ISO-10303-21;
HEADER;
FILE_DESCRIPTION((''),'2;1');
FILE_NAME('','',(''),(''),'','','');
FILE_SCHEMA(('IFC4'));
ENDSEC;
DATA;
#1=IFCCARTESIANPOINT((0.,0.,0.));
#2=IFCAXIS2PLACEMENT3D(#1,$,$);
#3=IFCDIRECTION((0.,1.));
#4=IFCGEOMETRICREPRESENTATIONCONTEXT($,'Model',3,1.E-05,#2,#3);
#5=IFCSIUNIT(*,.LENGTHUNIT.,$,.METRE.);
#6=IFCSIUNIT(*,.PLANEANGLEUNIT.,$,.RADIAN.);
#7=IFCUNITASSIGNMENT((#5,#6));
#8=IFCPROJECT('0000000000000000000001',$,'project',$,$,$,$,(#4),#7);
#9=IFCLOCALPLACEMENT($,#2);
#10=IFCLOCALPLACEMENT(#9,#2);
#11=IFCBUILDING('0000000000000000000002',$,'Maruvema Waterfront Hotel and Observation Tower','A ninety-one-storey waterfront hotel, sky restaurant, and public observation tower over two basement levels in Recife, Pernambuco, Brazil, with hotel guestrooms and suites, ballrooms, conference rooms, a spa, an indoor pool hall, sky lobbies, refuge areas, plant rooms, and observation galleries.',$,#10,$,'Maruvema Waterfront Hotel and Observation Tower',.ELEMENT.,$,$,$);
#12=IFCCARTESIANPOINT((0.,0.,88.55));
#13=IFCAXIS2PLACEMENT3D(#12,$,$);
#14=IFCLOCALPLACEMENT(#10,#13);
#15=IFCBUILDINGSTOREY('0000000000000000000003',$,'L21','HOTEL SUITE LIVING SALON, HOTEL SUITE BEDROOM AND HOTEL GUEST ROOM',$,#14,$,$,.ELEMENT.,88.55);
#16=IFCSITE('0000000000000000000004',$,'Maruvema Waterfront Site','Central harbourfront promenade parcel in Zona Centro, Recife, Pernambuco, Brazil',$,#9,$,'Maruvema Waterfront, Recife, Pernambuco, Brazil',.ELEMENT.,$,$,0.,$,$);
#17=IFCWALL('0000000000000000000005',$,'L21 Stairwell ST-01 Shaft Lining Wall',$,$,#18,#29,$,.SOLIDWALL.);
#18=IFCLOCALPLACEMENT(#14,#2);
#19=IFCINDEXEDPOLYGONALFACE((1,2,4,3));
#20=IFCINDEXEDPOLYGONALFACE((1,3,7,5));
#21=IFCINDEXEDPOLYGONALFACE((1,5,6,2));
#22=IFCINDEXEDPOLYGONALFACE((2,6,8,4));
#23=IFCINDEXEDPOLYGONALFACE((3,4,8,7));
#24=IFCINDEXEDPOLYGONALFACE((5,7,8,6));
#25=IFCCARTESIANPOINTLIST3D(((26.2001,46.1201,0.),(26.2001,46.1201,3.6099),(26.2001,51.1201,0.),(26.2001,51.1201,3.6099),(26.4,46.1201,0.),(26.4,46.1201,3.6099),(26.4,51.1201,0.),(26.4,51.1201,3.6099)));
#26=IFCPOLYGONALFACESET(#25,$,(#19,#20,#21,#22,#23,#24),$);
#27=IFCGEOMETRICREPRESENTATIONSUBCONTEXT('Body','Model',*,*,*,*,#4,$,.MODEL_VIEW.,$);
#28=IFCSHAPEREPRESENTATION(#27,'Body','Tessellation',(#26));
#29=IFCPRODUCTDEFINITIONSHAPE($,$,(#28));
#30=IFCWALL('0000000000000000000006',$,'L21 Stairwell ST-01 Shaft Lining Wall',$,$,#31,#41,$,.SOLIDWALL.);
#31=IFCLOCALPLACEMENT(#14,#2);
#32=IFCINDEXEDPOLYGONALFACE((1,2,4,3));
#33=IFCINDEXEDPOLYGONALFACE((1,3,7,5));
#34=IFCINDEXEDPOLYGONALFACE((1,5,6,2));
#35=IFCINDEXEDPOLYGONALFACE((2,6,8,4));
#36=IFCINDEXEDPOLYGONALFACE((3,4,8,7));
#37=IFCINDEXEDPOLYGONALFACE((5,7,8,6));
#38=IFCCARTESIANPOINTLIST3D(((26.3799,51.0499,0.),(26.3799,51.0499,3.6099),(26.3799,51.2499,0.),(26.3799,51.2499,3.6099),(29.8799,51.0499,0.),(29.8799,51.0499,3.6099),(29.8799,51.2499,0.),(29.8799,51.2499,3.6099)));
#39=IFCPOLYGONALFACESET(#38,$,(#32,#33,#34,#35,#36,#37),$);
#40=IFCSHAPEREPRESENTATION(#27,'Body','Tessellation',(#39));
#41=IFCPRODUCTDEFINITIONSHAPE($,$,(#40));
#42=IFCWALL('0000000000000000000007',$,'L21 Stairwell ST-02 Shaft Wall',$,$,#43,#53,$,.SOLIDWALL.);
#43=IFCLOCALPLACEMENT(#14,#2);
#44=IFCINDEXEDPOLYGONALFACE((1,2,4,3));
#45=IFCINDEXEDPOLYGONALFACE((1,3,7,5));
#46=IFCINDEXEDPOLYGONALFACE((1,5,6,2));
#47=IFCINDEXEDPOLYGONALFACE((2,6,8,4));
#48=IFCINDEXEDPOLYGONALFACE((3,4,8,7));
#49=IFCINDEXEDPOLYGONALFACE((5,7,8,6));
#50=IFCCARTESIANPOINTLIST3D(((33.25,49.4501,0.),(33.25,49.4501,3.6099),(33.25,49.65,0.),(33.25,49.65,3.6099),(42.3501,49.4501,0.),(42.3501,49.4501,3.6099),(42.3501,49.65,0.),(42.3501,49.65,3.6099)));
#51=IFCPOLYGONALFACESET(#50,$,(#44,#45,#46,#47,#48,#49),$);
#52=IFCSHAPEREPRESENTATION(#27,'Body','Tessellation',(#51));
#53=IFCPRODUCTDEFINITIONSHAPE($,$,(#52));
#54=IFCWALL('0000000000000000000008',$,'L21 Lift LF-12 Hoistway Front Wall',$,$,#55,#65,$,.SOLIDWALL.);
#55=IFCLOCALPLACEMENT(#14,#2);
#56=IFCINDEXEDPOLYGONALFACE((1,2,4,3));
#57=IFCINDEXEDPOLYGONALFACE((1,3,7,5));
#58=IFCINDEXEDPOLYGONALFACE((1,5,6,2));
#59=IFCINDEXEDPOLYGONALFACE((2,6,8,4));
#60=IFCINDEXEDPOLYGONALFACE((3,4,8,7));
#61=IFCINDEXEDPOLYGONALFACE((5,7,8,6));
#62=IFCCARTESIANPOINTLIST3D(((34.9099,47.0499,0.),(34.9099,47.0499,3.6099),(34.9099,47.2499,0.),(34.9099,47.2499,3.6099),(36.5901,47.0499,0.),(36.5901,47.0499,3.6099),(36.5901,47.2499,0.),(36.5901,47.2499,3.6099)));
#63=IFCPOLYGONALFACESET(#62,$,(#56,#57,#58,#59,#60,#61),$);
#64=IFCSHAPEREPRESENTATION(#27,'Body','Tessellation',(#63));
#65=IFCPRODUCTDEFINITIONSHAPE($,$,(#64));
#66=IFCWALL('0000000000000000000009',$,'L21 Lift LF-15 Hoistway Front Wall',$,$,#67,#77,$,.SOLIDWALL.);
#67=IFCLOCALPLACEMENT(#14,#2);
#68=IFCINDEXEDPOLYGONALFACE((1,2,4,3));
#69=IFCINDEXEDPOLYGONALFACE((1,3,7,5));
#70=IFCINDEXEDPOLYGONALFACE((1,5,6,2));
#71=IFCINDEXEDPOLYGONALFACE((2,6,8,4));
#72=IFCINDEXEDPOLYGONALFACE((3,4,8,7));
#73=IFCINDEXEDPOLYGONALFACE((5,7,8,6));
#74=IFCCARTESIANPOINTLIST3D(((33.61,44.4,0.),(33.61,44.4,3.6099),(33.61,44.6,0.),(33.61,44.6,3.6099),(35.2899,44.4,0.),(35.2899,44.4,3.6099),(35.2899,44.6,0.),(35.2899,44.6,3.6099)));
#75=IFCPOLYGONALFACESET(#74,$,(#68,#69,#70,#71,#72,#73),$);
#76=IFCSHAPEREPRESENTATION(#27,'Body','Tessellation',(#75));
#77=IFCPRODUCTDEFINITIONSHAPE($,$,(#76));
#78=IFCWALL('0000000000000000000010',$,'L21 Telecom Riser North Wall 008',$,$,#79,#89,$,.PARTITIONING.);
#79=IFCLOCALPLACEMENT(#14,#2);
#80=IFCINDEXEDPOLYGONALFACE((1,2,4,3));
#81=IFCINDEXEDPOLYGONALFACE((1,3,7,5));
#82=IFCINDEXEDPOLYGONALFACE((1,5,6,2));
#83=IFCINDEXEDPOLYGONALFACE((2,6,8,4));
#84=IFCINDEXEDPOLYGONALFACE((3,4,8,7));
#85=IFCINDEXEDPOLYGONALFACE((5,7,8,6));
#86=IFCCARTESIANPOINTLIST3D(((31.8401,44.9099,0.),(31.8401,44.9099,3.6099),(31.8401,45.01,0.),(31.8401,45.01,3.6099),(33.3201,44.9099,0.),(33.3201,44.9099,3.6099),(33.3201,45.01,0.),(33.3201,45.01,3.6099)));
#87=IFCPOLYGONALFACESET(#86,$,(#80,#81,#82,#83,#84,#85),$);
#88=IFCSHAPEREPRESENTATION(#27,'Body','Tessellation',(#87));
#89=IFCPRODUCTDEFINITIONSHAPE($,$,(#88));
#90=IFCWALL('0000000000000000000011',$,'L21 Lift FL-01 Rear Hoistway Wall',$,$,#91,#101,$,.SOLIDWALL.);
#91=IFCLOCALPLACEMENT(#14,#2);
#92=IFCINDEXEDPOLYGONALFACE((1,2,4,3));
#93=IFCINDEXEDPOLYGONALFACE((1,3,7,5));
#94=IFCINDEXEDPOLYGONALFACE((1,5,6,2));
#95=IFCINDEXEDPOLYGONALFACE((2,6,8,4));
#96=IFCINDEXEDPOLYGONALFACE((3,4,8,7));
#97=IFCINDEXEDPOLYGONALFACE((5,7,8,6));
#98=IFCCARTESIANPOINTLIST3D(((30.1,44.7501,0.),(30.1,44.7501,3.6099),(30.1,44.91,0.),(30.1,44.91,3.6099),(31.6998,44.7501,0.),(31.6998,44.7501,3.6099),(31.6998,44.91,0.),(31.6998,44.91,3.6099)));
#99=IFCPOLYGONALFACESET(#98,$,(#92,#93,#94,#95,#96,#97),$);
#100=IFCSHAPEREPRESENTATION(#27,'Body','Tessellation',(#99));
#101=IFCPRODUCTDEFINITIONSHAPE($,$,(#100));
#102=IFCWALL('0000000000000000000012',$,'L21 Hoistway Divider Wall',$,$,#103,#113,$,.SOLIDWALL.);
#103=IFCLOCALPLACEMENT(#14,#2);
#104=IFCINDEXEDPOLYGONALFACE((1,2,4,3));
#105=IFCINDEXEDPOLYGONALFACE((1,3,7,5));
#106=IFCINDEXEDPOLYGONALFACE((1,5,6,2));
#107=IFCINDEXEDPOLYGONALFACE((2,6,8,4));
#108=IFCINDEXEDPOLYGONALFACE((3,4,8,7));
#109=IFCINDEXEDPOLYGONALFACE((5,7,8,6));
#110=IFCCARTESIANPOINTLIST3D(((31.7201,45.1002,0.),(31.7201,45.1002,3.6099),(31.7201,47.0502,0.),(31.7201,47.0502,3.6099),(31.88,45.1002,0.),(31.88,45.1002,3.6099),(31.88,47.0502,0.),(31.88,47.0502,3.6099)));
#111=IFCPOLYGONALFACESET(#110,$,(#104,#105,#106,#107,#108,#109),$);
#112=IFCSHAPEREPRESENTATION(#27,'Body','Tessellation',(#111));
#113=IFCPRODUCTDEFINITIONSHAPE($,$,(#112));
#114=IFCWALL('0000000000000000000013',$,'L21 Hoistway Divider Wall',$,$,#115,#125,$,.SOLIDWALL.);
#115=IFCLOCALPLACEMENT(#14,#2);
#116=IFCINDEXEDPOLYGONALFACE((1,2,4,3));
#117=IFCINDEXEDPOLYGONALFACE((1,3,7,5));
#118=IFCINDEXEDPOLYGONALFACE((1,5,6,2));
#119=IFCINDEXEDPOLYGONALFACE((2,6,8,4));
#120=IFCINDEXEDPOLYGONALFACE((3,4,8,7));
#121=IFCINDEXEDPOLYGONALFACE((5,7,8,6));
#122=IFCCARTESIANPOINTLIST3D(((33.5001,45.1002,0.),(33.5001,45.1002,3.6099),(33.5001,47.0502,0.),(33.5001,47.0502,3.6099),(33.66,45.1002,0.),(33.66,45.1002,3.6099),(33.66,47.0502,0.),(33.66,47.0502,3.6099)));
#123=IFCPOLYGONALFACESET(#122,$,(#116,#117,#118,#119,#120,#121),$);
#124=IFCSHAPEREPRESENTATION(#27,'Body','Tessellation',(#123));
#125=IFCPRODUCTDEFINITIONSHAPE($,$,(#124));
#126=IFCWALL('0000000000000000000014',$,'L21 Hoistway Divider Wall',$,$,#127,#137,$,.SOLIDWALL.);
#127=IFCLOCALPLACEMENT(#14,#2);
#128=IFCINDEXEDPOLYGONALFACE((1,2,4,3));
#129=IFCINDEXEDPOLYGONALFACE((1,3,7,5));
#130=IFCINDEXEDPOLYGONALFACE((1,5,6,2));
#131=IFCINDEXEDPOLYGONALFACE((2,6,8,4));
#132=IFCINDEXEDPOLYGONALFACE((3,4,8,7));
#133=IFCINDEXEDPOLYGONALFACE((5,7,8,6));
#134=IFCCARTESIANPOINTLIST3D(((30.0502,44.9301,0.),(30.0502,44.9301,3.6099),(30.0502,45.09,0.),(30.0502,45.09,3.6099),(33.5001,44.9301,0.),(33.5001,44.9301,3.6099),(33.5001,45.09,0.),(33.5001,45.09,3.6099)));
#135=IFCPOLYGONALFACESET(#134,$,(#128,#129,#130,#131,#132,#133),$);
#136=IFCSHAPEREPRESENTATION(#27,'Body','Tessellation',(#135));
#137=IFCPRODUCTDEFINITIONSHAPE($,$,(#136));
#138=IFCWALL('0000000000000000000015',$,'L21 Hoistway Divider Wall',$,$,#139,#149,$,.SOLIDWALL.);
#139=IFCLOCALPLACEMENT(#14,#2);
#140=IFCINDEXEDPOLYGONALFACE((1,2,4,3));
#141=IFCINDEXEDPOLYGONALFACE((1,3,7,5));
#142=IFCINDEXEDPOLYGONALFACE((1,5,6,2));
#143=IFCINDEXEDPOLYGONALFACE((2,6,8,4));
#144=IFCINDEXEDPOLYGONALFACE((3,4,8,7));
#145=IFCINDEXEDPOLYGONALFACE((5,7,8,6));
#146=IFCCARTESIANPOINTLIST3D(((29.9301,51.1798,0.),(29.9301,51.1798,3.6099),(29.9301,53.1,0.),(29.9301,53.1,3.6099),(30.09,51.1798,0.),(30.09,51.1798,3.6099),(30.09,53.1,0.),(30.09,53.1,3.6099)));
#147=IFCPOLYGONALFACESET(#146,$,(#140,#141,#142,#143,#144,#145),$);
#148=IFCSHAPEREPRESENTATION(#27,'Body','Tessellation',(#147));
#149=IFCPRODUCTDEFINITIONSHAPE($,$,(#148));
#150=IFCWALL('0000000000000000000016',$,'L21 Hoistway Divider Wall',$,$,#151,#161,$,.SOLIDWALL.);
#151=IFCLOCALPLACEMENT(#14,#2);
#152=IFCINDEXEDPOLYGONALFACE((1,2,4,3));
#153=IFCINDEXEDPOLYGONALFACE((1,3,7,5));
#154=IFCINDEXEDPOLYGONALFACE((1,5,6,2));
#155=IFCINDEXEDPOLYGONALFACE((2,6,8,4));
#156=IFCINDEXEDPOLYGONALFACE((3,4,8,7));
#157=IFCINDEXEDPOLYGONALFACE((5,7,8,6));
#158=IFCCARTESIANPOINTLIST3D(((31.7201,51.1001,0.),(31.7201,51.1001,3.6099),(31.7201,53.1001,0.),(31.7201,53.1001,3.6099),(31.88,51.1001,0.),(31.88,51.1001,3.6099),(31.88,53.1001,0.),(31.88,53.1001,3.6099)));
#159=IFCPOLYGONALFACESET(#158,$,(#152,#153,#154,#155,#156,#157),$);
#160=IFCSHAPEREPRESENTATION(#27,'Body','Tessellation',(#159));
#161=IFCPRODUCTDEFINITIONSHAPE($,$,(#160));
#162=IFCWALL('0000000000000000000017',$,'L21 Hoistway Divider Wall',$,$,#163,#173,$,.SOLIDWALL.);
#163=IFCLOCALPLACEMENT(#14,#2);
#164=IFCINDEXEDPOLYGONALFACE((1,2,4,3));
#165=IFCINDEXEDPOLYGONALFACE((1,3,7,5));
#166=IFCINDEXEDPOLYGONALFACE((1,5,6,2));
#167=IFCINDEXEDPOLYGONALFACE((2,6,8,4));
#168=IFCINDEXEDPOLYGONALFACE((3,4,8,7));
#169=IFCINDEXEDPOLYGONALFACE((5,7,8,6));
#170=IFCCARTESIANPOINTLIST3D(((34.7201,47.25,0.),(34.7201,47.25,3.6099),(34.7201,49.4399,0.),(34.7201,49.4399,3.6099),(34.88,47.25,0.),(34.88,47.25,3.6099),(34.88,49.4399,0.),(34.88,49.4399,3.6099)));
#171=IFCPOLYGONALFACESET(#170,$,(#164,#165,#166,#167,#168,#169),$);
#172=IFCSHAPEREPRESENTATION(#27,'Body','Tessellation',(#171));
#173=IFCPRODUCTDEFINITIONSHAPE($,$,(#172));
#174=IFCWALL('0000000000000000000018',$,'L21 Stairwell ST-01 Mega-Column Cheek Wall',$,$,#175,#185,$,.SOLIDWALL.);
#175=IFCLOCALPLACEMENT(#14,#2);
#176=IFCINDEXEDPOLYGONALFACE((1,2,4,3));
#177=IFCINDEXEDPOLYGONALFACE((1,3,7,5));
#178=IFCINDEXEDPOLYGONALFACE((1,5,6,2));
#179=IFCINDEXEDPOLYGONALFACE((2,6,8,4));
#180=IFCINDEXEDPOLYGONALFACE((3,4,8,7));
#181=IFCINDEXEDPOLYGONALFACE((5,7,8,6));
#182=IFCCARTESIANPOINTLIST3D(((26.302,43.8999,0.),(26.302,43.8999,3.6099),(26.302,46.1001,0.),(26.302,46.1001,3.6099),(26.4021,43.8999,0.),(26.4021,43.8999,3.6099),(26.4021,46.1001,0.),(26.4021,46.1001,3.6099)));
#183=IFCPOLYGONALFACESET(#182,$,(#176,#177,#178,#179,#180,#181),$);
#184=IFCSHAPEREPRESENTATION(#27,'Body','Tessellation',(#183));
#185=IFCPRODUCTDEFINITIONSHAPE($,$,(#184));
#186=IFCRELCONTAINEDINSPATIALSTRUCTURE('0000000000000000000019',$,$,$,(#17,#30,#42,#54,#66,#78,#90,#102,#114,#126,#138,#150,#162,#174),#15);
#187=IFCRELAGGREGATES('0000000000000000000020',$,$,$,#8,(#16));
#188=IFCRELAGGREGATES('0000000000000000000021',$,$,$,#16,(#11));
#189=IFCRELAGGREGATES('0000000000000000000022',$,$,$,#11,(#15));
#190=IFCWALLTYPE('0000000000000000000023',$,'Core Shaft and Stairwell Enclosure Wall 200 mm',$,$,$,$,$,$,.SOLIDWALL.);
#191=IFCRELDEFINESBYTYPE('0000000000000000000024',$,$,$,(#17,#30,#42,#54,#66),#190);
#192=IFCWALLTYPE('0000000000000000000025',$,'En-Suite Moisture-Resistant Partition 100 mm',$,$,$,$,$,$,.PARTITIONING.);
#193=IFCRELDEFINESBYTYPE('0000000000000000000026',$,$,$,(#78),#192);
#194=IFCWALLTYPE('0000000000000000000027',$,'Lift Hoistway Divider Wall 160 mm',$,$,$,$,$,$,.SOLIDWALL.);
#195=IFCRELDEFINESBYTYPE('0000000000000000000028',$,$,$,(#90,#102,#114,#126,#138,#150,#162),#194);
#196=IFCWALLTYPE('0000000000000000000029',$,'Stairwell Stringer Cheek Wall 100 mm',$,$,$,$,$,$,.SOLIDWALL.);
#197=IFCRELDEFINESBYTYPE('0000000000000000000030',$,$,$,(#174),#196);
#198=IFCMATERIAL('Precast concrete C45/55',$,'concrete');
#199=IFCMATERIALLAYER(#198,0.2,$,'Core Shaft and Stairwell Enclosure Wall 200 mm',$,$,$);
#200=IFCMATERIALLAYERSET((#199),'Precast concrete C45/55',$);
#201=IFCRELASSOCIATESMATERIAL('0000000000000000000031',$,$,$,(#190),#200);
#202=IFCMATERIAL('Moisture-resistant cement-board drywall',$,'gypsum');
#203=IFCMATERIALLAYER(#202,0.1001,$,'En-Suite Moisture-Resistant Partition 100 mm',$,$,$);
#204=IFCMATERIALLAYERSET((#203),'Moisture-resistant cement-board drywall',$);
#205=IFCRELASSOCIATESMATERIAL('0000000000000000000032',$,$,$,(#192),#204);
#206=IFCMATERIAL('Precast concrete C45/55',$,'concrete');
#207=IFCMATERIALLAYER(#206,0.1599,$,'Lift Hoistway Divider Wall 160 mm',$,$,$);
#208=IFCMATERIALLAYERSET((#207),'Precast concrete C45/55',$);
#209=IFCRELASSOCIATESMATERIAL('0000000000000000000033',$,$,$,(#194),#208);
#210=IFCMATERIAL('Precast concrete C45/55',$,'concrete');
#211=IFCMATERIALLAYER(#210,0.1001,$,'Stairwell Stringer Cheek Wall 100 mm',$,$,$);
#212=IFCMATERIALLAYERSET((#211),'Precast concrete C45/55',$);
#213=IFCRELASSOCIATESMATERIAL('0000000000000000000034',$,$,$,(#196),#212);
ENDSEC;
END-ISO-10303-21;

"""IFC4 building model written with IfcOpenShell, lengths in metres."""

from ifc_helpers import new_model, si_unit, direction, frame, frame_2d, origin, place, context, subcontext, project, spatial, rectangle, extrude, material, layer, layer_set, type_object, element, save


model = new_model("IFC4")

# Units and contexts
model_context = context("Model", 3, precision=1e-05, world=origin(), true_north=direction((0.0, 1.0)))
body_context = subcontext(model_context, "Body", "Model", "MODEL_VIEW")
ifc_project = project(units=[si_unit("LENGTHUNIT", "METRE"), si_unit("PLANEANGLEUNIT", "RADIAN")], contexts=[model_context])

# Site, building, storey
site_placement = place(None, origin())
site = spatial("IfcSite", under=ifc_project, at=site_placement, Name="Maruvema Waterfront Site", Description="Central harbourfront promenade parcel in Zona Centro, Recife, Pernambuco, Brazil", LongName="Maruvema Waterfront, Recife, Pernambuco, Brazil", CompositionType="ELEMENT", RefElevation=0.0)
building_placement = place(site_placement, origin())
building = spatial("IfcBuilding", under=site, at=building_placement, Name="Maruvema Waterfront Hotel and Observation Tower", Description="A ninety-one-storey waterfront hotel, sky restaurant, and public observation tower over two basement levels in Recife, Pernambuco, Brazil, with hotel guestrooms and suites, ballrooms, conference rooms, a spa, an indoor pool hall, sky lobbies, refuge areas, plant rooms, and observation galleries.", LongName="Maruvema Waterfront Hotel and Observation Tower", CompositionType="ELEMENT")
storey_placement = place(building_placement, frame((0.0, 0.0, 88.55)))
storey = spatial("IfcBuildingStorey", under=building, at=storey_placement, Name="L21", Description="HOTEL SUITE LIVING SALON, HOTEL SUITE BEDROOM AND HOTEL GUEST ROOM", CompositionType="ELEMENT", Elevation=88.55)

# Walls
ifc_material_1 = material(Name="Precast concrete C45/55", Category="concrete")
ifc_layer_1 = layer(ifc_material_1, 0.2, Name="Core Shaft and Stairwell Enclosure Wall 200 mm")
ifc_layer_set_1 = layer_set([ifc_layer_1], Name="Precast concrete C45/55")
wall_type_1 = type_object("IfcWallType", Name="Core Shaft and Stairwell Enclosure Wall 200 mm", PredefinedType="SOLIDWALL", material=ifc_layer_set_1)
wall_1_placement = place(storey_placement, frame((26.3, 46.1201, 0.0), z_axis=(0.0, 0.0, 1.0), x_axis=(0.0, 1.0, 0.0)))
element("IfcWall", 1, at=wall_1_placement, inside=storey, type_object=wall_type_1, Name="L21 Stairwell ST-01 Shaft Lining Wall", PredefinedType="SOLIDWALL", context=body_context, shape_type="SweptSolid", body=[
    extrude(rectangle(XDim=5.0, YDim=0.2, at=frame_2d((2.5, 0.0))), origin(), (0.0, 0.0, 1.0), 3.6099),
])
wall_2_placement = place(storey_placement, frame((26.3799, 51.1499, 0.0), z_axis=(0.0, 0.0, 1.0), x_axis=(1.0, 0.0, 0.0)))
element("IfcWall", 2, at=wall_2_placement, inside=storey, type_object=wall_type_1, Name="L21 Stairwell ST-01 Shaft Lining Wall", PredefinedType="SOLIDWALL", context=body_context, shape_type="SweptSolid", body=[
    extrude(rectangle(XDim=3.5, YDim=0.2, at=frame_2d((1.75, 0.0))), origin(), (0.0, 0.0, 1.0), 3.6099),
])
wall_3_placement = place(storey_placement, frame((33.25, 49.55, 0.0), z_axis=(0.0, 0.0, 1.0), x_axis=(1.0, 0.0, 0.0)))
element("IfcWall", 3, at=wall_3_placement, inside=storey, type_object=wall_type_1, Name="L21 Stairwell ST-02 Shaft Wall", PredefinedType="SOLIDWALL", context=body_context, shape_type="SweptSolid", body=[
    extrude(rectangle(XDim=9.1001, YDim=0.2, at=frame_2d((4.55, 0.0))), origin(), (0.0, 0.0, 1.0), 3.6099),
])

# Walls
wall_4_placement = place(storey_placement, frame((34.9099, 47.1499, 0.0), z_axis=(0.0, 0.0, 1.0), x_axis=(1.0, 0.0, 0.0)))
element("IfcWall", 4, at=wall_4_placement, inside=storey, type_object=wall_type_1, Name="L21 Lift LF-12 Hoistway Front Wall", PredefinedType="SOLIDWALL", context=body_context, shape_type="SweptSolid", body=[
    extrude(rectangle(XDim=1.6802, YDim=0.2, at=frame_2d((0.8401, 0.0))), origin(), (0.0, 0.0, 1.0), 3.6099),
])
wall_5_placement = place(storey_placement, frame((33.6101, 44.5, 0.0), z_axis=(0.0, 0.0, 1.0), x_axis=(1.0, 0.0, 0.0)))
element("IfcWall", 5, at=wall_5_placement, inside=storey, type_object=wall_type_1, Name="L21 Lift LF-15 Hoistway Front Wall", PredefinedType="SOLIDWALL", context=body_context, shape_type="SweptSolid", body=[
    extrude(rectangle(XDim=1.6799, YDim=0.2, at=frame_2d((0.8398, 0.0))), origin(), (0.0, 0.0, 1.0), 3.6099),
])
ifc_material_2 = material(Name="Moisture-resistant cement-board drywall", Category="gypsum")
ifc_layer_2 = layer(ifc_material_2, 0.1001, Name="En-Suite Moisture-Resistant Partition 100 mm")
ifc_layer_set_2 = layer_set([ifc_layer_2], Name="Moisture-resistant cement-board drywall")
wall_type_2 = type_object("IfcWallType", Name="En-Suite Moisture-Resistant Partition 100 mm", PredefinedType="PARTITIONING", material=ifc_layer_set_2)
wall_6_placement = place(storey_placement, frame((31.8401, 44.96, 0.0), z_axis=(0.0, 0.0, 1.0), x_axis=(1.0, 0.0, 0.0)))
element("IfcWall", 6, at=wall_6_placement, inside=storey, type_object=wall_type_2, Name="L21 Telecom Riser North Wall 008", PredefinedType="PARTITIONING", context=body_context, shape_type="SweptSolid", body=[
    extrude(rectangle(XDim=1.48, YDim=0.1001, at=frame_2d((0.74, 0.0))), origin(), (0.0, 0.0, 1.0), 3.6099),
])
ifc_material_3 = material(Name="Precast concrete C45/55", Category="concrete")
ifc_layer_3 = layer(ifc_material_3, 0.1599, Name="Lift Hoistway Divider Wall 160 mm")
ifc_layer_set_3 = layer_set([ifc_layer_3], Name="Precast concrete C45/55")
wall_type_3 = type_object("IfcWallType", Name="Lift Hoistway Divider Wall 160 mm", PredefinedType="SOLIDWALL", material=ifc_layer_set_3)
wall_7_placement = place(storey_placement, frame((30.1001, 44.8301, 0.0), z_axis=(0.0, 0.0, 1.0), x_axis=(1.0, 0.0, 0.0)))
element("IfcWall", 7, at=wall_7_placement, inside=storey, type_object=wall_type_3, Name="L21 Lift FL-01 Rear Hoistway Wall", PredefinedType="SOLIDWALL", context=body_context, shape_type="SweptSolid", body=[
    extrude(rectangle(XDim=1.5999, YDim=0.1599, at=frame_2d((0.7998, 0.0))), origin(), (0.0, 0.0, 1.0), 3.6099),
])
for number, where, z_axis, x_axis, name in (
    (8, (31.8, 45.1001, 0.0), (0.0, 0.0, 1.0), (0.0, 1.0, 0.0), "L21 Hoistway Divider Wall"),
    (9, (33.5801, 45.1001, 0.0), (0.0, 0.0, 1.0), (0.0, 1.0, 0.0), "L21 Hoistway Divider Wall"),
):
    element("IfcWall", number, at=place(storey_placement, frame(where, z_axis=z_axis, x_axis=x_axis)), inside=storey, type_object=wall_type_3, Name=name, PredefinedType="SOLIDWALL", context=body_context, shape_type="SweptSolid", body=[
        extrude(rectangle(XDim=1.95, YDim=0.1599, at=frame_2d((0.9751, 0.0))), origin(), (0.0, 0.0, 1.0), 3.6099),
    ])
wall_8_placement = place(storey_placement, frame((30.05, 45.01, 0.0), z_axis=(0.0, 0.0, 1.0), x_axis=(1.0, 0.0, 0.0)))
element("IfcWall", 10, at=wall_8_placement, inside=storey, type_object=wall_type_3, Name="L21 Hoistway Divider Wall", PredefinedType="SOLIDWALL", context=body_context, shape_type="SweptSolid", body=[
    extrude(rectangle(XDim=3.45, YDim=0.1599, at=frame_2d((1.7251, 0.0))), origin(), (0.0, 0.0, 1.0), 3.6099),
])
wall_9_placement = place(storey_placement, frame((30.01, 51.1799, 0.0), z_axis=(0.0, 0.0, 1.0), x_axis=(0.0, 1.0, 0.0)))
element("IfcWall", 11, at=wall_9_placement, inside=storey, type_object=wall_type_3, Name="L21 Hoistway Divider Wall", PredefinedType="SOLIDWALL", context=body_context, shape_type="SweptSolid", body=[
    extrude(rectangle(XDim=1.9202, YDim=0.1599, at=frame_2d((0.96, 0.0))), origin(), (0.0, 0.0, 1.0), 3.6099),
])
wall_10_placement = place(storey_placement, frame((31.8, 51.1001, 0.0), z_axis=(0.0, 0.0, 1.0), x_axis=(0.0, 1.0, 0.0)))
element("IfcWall", 12, at=wall_10_placement, inside=storey, type_object=wall_type_3, Name="L21 Hoistway Divider Wall", PredefinedType="SOLIDWALL", context=body_context, shape_type="SweptSolid", body=[
    extrude(rectangle(XDim=2.0, YDim=0.1599, at=frame_2d((1.0, 0.0))), origin(), (0.0, 0.0, 1.0), 3.6099),
])
wall_11_placement = place(storey_placement, frame((34.8, 47.25, 0.0), z_axis=(0.0, 0.0, 1.0), x_axis=(0.0, 1.0, 0.0)))
element("IfcWall", 13, at=wall_11_placement, inside=storey, type_object=wall_type_3, Name="L21 Hoistway Divider Wall", PredefinedType="SOLIDWALL", context=body_context, shape_type="SweptSolid", body=[
    extrude(rectangle(XDim=2.1899, YDim=0.1599, at=frame_2d((1.095, 0.0))), origin(), (0.0, 0.0, 1.0), 3.6099),
])
ifc_material_4 = material(Name="Precast concrete C45/55", Category="concrete")
ifc_layer_4 = layer(ifc_material_4, 0.1001, Name="Stairwell Stringer Cheek Wall 100 mm")
ifc_layer_set_4 = layer_set([ifc_layer_4], Name="Precast concrete C45/55")
wall_type_4 = type_object("IfcWallType", Name="Stairwell Stringer Cheek Wall 100 mm", PredefinedType="SOLIDWALL", material=ifc_layer_set_4)
wall_12_placement = place(storey_placement, frame((26.3521, 43.8999, 0.0), z_axis=(0.0, 0.0, 1.0), x_axis=(0.0, 1.0, 0.0)))
element("IfcWall", 14, at=wall_12_placement, inside=storey, type_object=wall_type_4, Name="L21 Stairwell ST-01 Mega-Column Cheek Wall", PredefinedType="SOLIDWALL", context=body_context, shape_type="SweptSolid", body=[
    extrude(rectangle(XDim=2.2002, YDim=0.1001, at=frame_2d((1.1001, 0.0))), origin(), (0.0, 0.0, 1.0), 3.6099),
])

save(model, "model.ifc")
